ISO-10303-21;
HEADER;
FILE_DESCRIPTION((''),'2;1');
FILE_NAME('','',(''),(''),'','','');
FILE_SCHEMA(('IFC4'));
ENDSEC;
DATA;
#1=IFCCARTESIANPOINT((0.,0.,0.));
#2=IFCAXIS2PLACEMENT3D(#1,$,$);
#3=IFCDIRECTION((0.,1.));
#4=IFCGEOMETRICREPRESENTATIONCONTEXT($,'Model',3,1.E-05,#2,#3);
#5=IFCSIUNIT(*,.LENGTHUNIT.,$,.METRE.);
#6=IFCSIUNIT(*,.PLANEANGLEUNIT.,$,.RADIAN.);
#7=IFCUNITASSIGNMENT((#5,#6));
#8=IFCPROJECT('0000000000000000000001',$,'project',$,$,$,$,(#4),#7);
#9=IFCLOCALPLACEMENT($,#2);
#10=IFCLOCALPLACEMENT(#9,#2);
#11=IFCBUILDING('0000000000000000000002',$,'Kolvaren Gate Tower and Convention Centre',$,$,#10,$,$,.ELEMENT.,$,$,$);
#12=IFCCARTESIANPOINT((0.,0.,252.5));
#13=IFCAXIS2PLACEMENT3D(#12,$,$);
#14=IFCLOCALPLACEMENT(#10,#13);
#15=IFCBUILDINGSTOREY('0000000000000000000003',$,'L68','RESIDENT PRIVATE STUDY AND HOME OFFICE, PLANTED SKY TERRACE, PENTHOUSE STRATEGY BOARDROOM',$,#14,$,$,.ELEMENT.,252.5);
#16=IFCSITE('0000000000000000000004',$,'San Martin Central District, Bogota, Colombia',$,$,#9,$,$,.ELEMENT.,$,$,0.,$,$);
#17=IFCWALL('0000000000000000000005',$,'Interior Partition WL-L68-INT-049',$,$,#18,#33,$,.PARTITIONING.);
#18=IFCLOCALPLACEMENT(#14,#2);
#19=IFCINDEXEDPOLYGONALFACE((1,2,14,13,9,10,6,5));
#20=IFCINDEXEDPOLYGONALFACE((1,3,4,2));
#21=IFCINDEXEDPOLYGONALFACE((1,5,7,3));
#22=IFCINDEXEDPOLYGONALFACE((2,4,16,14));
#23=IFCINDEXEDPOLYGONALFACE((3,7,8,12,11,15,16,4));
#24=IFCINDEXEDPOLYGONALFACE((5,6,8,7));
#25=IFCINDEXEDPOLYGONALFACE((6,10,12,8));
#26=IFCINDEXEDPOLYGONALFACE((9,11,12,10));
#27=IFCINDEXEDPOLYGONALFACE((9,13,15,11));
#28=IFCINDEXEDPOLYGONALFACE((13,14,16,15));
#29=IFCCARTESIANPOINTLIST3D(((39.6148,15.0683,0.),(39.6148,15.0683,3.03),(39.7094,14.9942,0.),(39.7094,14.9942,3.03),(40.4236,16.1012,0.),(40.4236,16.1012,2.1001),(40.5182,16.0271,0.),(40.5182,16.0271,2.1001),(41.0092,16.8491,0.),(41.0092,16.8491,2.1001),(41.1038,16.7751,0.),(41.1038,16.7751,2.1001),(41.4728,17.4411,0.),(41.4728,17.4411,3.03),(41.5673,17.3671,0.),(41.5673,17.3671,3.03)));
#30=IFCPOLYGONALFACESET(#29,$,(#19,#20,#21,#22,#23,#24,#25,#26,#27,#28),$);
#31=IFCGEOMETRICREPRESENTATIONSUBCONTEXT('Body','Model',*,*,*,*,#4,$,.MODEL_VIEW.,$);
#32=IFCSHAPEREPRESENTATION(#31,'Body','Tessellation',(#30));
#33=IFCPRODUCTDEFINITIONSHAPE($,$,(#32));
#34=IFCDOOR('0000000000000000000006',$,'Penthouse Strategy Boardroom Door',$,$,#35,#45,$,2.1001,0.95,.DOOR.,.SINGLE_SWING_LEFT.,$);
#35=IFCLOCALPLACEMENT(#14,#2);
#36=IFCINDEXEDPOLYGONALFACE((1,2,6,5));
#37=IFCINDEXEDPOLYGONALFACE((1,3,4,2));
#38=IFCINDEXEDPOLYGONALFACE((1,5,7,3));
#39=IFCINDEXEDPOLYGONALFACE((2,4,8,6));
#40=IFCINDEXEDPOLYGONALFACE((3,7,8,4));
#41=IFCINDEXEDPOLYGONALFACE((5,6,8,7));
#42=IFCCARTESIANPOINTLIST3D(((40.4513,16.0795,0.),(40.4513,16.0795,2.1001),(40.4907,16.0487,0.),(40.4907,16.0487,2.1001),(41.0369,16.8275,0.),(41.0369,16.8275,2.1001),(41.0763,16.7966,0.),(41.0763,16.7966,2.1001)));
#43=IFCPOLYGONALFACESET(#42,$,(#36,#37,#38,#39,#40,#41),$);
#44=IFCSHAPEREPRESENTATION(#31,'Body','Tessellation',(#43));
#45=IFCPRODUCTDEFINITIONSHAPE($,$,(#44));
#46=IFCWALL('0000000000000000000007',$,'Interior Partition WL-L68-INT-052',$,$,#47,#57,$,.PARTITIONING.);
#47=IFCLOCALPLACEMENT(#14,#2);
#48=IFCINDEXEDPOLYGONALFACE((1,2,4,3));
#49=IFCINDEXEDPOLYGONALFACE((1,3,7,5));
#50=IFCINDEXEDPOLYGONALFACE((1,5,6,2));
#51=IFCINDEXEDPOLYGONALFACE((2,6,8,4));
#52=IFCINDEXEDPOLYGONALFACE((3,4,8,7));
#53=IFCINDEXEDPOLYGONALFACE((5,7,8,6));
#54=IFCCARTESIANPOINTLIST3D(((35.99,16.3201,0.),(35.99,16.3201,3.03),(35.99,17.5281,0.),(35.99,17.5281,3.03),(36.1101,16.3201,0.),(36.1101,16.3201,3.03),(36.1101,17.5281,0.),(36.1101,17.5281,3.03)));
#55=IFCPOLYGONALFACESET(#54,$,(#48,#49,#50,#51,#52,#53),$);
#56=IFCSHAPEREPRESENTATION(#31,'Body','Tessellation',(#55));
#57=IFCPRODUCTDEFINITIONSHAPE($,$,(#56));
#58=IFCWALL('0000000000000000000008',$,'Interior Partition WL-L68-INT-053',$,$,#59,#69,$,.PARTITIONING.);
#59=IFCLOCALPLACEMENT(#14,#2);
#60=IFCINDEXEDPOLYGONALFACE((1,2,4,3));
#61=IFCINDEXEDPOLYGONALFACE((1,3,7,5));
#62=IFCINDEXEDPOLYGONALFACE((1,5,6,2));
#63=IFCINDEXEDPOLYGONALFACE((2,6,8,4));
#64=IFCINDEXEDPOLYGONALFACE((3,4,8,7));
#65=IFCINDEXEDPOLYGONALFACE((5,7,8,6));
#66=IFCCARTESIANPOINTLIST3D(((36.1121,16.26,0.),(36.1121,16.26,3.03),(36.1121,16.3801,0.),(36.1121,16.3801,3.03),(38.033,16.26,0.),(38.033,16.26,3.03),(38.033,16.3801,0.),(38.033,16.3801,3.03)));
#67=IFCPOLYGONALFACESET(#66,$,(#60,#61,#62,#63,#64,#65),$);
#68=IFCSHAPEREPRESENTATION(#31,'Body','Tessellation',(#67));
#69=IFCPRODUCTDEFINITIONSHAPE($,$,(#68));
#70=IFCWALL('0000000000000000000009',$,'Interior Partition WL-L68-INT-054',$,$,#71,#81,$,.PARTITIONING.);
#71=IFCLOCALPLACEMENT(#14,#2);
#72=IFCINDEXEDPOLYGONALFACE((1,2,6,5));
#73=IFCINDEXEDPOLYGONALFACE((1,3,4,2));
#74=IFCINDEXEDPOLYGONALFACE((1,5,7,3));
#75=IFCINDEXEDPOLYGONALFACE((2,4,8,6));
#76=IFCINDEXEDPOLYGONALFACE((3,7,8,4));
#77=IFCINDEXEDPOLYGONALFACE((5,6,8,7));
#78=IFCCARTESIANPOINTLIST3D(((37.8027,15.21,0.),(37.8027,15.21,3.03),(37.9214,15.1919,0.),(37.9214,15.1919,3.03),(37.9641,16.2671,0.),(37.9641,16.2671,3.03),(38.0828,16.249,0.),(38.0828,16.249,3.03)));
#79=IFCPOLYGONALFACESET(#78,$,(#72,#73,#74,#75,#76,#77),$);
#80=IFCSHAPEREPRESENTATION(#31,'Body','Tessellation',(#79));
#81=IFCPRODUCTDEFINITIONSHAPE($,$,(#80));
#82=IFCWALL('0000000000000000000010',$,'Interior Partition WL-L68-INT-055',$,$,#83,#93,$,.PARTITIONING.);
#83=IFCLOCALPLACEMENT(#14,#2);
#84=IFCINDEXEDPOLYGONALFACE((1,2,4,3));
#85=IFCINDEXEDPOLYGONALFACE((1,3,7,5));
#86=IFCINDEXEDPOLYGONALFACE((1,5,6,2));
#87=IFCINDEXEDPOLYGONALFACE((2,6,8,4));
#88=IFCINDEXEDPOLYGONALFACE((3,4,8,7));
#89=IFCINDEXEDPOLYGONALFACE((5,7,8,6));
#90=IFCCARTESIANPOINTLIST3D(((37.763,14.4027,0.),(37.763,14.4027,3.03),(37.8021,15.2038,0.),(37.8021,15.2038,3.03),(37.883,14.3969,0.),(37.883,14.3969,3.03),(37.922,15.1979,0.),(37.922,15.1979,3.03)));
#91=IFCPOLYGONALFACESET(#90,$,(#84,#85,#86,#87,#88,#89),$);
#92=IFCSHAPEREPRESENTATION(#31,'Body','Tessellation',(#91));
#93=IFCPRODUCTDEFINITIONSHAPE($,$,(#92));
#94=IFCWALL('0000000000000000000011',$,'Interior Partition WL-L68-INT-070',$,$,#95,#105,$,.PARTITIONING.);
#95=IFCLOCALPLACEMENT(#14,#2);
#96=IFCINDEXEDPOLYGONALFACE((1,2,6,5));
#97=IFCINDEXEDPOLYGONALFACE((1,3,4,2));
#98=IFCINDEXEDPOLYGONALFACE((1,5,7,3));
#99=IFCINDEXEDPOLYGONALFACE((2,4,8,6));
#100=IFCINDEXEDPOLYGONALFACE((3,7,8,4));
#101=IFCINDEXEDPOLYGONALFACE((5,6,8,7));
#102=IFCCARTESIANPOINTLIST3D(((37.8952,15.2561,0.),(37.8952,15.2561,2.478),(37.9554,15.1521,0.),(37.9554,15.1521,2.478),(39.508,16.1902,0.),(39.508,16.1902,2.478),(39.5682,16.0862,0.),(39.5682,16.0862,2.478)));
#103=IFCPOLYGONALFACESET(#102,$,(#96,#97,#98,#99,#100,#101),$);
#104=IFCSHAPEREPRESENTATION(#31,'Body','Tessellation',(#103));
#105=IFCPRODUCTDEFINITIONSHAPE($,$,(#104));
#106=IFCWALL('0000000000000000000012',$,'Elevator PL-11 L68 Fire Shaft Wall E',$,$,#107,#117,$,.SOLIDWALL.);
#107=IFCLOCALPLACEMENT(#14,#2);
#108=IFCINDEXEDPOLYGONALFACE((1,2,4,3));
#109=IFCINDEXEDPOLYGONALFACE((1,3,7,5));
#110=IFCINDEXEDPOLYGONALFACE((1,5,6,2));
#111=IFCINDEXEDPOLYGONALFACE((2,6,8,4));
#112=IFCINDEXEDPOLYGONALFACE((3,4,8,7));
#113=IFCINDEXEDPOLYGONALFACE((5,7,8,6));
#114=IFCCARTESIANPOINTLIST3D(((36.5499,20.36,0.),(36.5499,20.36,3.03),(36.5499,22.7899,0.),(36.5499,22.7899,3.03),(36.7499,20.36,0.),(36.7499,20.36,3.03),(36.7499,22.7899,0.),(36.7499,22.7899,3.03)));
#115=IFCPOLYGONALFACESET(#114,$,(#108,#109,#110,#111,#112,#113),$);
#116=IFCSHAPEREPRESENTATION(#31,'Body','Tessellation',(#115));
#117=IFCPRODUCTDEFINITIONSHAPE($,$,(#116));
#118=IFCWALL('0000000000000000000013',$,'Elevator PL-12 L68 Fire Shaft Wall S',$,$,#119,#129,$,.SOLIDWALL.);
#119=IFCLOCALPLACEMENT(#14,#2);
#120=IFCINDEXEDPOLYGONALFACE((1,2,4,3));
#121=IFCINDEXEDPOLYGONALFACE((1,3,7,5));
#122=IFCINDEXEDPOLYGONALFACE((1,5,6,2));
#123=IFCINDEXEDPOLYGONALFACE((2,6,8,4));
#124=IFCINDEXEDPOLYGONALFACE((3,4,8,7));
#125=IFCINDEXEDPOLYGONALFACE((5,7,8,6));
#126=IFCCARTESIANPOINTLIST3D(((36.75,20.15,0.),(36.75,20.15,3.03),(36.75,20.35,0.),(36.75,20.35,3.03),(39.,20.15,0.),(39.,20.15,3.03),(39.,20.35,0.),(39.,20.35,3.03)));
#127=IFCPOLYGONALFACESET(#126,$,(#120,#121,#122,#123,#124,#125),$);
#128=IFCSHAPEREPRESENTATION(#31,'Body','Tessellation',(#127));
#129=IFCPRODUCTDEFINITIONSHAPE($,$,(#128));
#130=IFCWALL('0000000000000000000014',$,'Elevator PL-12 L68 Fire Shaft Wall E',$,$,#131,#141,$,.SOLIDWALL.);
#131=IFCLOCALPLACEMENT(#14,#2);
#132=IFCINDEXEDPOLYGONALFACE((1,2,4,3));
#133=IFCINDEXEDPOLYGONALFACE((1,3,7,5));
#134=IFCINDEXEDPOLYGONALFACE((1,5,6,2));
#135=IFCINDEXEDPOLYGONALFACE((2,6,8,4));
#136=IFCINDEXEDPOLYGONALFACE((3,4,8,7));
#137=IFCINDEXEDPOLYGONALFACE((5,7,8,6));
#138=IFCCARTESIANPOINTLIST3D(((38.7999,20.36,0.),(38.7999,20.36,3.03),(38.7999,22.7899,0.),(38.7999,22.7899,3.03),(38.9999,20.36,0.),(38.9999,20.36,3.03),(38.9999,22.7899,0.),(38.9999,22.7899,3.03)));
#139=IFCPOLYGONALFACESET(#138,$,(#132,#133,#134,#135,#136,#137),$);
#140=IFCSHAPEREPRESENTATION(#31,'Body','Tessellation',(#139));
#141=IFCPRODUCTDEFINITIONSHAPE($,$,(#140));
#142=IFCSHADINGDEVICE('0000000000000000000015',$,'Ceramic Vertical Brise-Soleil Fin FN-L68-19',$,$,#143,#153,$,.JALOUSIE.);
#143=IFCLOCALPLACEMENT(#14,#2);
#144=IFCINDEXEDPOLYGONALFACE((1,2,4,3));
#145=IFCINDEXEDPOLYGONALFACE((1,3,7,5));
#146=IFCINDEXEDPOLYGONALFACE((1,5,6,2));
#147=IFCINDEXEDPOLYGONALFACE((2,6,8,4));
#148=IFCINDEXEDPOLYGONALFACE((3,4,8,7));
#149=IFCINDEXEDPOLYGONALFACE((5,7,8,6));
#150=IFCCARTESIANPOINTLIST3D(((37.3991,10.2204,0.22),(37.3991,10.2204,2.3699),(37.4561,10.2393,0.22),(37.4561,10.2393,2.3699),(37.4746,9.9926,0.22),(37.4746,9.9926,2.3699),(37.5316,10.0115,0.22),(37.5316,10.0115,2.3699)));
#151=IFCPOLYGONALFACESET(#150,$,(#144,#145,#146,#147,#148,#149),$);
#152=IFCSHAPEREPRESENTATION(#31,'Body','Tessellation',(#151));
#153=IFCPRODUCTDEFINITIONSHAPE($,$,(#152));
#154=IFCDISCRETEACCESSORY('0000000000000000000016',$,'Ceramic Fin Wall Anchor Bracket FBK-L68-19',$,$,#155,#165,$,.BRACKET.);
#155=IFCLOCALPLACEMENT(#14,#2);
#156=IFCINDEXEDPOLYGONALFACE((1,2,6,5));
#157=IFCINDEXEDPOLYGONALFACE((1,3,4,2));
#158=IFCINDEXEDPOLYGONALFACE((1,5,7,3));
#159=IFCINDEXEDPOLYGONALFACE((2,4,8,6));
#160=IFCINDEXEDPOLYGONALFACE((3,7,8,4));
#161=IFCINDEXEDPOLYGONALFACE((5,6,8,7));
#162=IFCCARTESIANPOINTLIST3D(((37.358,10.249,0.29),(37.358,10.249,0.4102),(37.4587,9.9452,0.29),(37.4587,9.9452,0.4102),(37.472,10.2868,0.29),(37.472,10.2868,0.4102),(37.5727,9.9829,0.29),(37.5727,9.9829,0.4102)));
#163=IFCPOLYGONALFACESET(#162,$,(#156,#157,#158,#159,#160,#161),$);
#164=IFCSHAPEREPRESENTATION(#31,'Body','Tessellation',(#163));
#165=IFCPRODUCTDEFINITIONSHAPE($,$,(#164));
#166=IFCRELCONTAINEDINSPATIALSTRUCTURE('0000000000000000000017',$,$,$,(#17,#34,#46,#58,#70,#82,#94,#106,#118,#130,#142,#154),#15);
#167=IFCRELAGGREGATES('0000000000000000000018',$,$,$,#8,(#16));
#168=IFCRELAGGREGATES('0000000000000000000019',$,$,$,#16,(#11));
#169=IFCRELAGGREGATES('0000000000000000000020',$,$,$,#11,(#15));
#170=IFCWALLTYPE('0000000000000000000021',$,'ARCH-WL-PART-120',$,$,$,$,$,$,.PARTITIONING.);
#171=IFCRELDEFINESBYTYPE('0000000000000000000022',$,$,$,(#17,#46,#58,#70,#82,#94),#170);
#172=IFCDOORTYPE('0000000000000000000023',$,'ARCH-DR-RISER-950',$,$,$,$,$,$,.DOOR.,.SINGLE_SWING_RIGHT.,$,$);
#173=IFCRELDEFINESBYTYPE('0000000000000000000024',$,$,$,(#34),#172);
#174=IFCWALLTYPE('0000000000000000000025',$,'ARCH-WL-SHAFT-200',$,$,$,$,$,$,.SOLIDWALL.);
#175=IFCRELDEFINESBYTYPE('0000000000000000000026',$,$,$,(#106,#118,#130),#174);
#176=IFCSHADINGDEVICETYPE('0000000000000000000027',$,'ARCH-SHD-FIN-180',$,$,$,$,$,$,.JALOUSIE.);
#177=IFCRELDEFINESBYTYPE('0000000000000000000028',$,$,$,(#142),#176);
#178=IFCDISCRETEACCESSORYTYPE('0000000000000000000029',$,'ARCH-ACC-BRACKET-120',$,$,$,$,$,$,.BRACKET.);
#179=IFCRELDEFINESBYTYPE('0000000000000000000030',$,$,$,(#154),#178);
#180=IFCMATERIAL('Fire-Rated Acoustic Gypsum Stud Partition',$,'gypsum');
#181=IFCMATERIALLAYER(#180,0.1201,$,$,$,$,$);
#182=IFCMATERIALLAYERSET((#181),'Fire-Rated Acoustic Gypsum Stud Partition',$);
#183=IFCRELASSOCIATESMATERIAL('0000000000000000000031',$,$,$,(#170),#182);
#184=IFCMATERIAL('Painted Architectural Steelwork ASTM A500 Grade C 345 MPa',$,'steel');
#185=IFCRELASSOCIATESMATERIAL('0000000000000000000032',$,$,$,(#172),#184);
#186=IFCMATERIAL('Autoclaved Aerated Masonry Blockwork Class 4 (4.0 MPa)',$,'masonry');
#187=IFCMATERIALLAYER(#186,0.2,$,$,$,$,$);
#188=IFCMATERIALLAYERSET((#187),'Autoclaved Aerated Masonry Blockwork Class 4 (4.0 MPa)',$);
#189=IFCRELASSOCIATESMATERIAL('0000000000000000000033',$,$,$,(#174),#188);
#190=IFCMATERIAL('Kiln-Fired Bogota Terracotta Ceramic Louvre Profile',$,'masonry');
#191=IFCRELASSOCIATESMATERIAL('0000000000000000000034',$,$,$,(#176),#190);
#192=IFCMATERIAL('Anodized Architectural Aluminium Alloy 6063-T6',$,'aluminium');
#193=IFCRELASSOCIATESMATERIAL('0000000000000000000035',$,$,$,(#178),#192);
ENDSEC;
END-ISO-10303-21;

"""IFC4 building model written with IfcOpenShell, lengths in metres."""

from ifc_helpers import new_model, si_unit, direction, frame, frame_2d, origin, origin_2d, place, context, subcontext, project, spatial, rectangle, extrude, material, layer, layer_set, type_object, element, fill, save


model = new_model("IFC4")

# Units and contexts
model_context = context("Model", 3, precision=1e-05, world=origin(), true_north=direction((0.0, 1.0)))
body_context = subcontext(model_context, "Body", "Model", "MODEL_VIEW")
ifc_project = project(units=[si_unit("LENGTHUNIT", "METRE"), si_unit("PLANEANGLEUNIT", "RADIAN")], contexts=[model_context])

# Site, building, storey
site_placement = place(None, origin())
site = spatial("IfcSite", under=ifc_project, at=site_placement, Name="San Martin Central District, Bogota, Colombia", CompositionType="ELEMENT", RefElevation=0.0)
building_placement = place(site_placement, origin())
building = spatial("IfcBuilding", under=site, at=building_placement, Name="Kolvaren Gate Tower and Convention Centre", CompositionType="ELEMENT")
storey_placement = place(building_placement, frame((0.0, 0.0, 252.5)))
storey = spatial("IfcBuildingStorey", under=building, at=storey_placement, Name="L68", Description="RESIDENT PRIVATE STUDY AND HOME OFFICE, PLANTED SKY TERRACE, PENTHOUSE STRATEGY BOARDROOM", CompositionType="ELEMENT", Elevation=252.5)

# Shared definitions
ifc_material_1 = material(Name="Autoclaved Aerated Masonry Blockwork Class 4 (4.0 MPa)", Category="masonry")
ifc_material_2 = material(Name="Fire-Rated Acoustic Gypsum Stud Partition", Category="gypsum")
ifc_layer_1 = layer(ifc_material_2, 0.1201)
ifc_layer_set_1 = layer_set([ifc_layer_1], Name="Fire-Rated Acoustic Gypsum Stud Partition")
wall_type_1 = type_object("IfcWallType", Name="ARCH-WL-PART-120", PredefinedType="PARTITIONING", material=ifc_layer_set_1)

# Wall, opening, door
wall_1_placement = place(storey_placement, frame((39.6621, 15.0312, 0.0), z_axis=(0.0, 0.0, 1.0), x_axis=(0.6165, 0.787355, 0.0)))
wall_1 = element("IfcWall", 1, at=wall_1_placement, inside=storey, type_object=wall_type_1, Name="Interior Partition WL-L68-INT-049", PredefinedType="PARTITIONING", context=body_context, shape_type="SweptSolid", body=[
    extrude(rectangle(XDim=3.0137, YDim=0.1201, at=frame_2d((1.5068, 0.0))), origin(), (0.0, 0.0, 1.0), 3.03),
])
opening_placement = place(wall_1_placement, frame((1.3118, 0.0, 0.0)))
opening = element("IfcOpeningElement", 2, at=opening_placement, cuts=wall_1, PredefinedType="OPENING", context=body_context, shape_type="SweptSolid", body=[
    extrude(rectangle(XDim=0.95, YDim=2.1001, at=frame_2d((0.4751, 1.05))), frame((0.0, 0.0701, 0.0), z_axis=(0.0, -1.0, 0.0), x_axis=(1.0, 0.0, 0.0)), (0.0, 0.0, 1.0), 0.1401),
])
ifc_material_3 = material(Name="Painted Architectural Steelwork ASTM A500 Grade C 345 MPa", Category="steel")
door_type = type_object("IfcDoorType", Name="ARCH-DR-RISER-950", OperationType="SINGLE_SWING_RIGHT", PredefinedType="DOOR", material=ifc_material_3)
door_placement = place(opening_placement, origin())
door = element("IfcDoor", 3, at=door_placement, inside=storey, type_object=door_type, Name="Penthouse Strategy Boardroom Door", OperationType="SINGLE_SWING_LEFT", OverallHeight=2.1001, OverallWidth=0.95, PredefinedType="DOOR", context=body_context, shape_type="SweptSolid", body=[
    extrude(rectangle(XDim=0.95, YDim=2.1001, at=frame_2d((0.4751, 1.05))), frame((0.0, 0.0249, 0.0), z_axis=(0.0, -1.0, 0.0), x_axis=(1.0, 0.0, 0.0)), (0.0, 0.0, 1.0), 0.05),
])
fill(opening, door)

# Walls
wall_2_placement = place(storey_placement, frame((36.05, 16.3201, 0.0), z_axis=(0.0, 0.0, 1.0), x_axis=(0.0, 1.0, 0.0)))
element("IfcWall", 4, at=wall_2_placement, inside=storey, type_object=wall_type_1, Name="Interior Partition WL-L68-INT-052", PredefinedType="PARTITIONING", context=body_context, shape_type="SweptSolid", body=[
    extrude(rectangle(XDim=1.208, YDim=0.1201, at=frame_2d((0.604, 0.0))), origin(), (0.0, 0.0, 1.0), 3.03),
])
wall_3_placement = place(storey_placement, frame((36.1121, 16.3201, 0.0), z_axis=(0.0, 0.0, 1.0), x_axis=(1.0, 0.0, 0.0)))
element("IfcWall", 5, at=wall_3_placement, inside=storey, type_object=wall_type_1, Name="Interior Partition WL-L68-INT-053", PredefinedType="PARTITIONING", context=body_context, shape_type="SweptSolid", body=[
    extrude(rectangle(XDim=1.9209, YDim=0.1201, at=frame_2d((0.9604, 0.0))), origin(), (0.0, 0.0, 1.0), 3.03),
])
wall_4_placement = place(storey_placement, frame((37.8621, 15.2009, 0.0), z_axis=(0.0, 0.0, 1.0), x_axis=(0.150908, 0.988548, 0.0)))
element("IfcWall", 6, at=wall_4_placement, inside=storey, type_object=wall_type_1, Name="Interior Partition WL-L68-INT-054", PredefinedType="PARTITIONING", context=body_context, shape_type="SweptSolid", body=[
    extrude(rectangle(XDim=1.0693, YDim=0.1201, at=frame_2d((0.5347, 0.0))), origin(), (0.0, 0.0, 1.0), 3.03),
])
wall_5_placement = place(storey_placement, frame((37.823, 14.3999, 0.0), z_axis=(0.0, 0.0, 1.0), x_axis=(0.048708, 0.998813, 0.0)))
element("IfcWall", 7, at=wall_5_placement, inside=storey, type_object=wall_type_1, Name="Interior Partition WL-L68-INT-055", PredefinedType="PARTITIONING", context=body_context, shape_type="SweptSolid", body=[
    extrude(rectangle(XDim=0.802, YDim=0.1201, at=frame_2d((0.4009, 0.0))), origin(), (0.0, 0.0, 1.0), 3.03),
])
wall_6_placement = place(storey_placement, frame((37.9253, 15.2041, 0.0), z_axis=(0.0, 0.0, 1.0), x_axis=(0.865343, 0.501181, 0.0)))
element("IfcWall", 8, at=wall_6_placement, inside=storey, type_object=wall_type_1, Name="Interior Partition WL-L68-INT-070", PredefinedType="PARTITIONING", context=body_context, shape_type="SweptSolid", body=[
    extrude(rectangle(XDim=1.8638, YDim=0.1201, at=frame_2d((0.9319, 0.0))), origin(), (0.0, 0.0, 1.0), 2.478),
])
ifc_layer_2 = layer(ifc_material_1, 0.2)
ifc_layer_set_2 = layer_set([ifc_layer_2], Name="Autoclaved Aerated Masonry Blockwork Class 4 (4.0 MPa)")
wall_type_2 = type_object("IfcWallType", Name="ARCH-WL-SHAFT-200", PredefinedType="SOLIDWALL", material=ifc_layer_set_2)
wall_7_placement = place(storey_placement, frame((36.6499, 20.3601, 0.0), z_axis=(0.0, 0.0, 1.0), x_axis=(0.0, 1.0, 0.0)))
element("IfcWall", 9, at=wall_7_placement, inside=storey, type_object=wall_type_2, Name="Elevator PL-11 L68 Fire Shaft Wall E", PredefinedType="SOLIDWALL", context=body_context, shape_type="SweptSolid", body=[
    extrude(rectangle(XDim=2.4299, YDim=0.2, at=frame_2d((1.2148, 0.0))), origin(), (0.0, 0.0, 1.0), 3.03),
])
wall_8_placement = place(storey_placement, frame((36.75, 20.25, 0.0), z_axis=(0.0, 0.0, 1.0), x_axis=(1.0, 0.0, 0.0)))
element("IfcWall", 10, at=wall_8_placement, inside=storey, type_object=wall_type_2, Name="Elevator PL-12 L68 Fire Shaft Wall S", PredefinedType="SOLIDWALL", context=body_context, shape_type="SweptSolid", body=[
    extrude(rectangle(XDim=2.25, YDim=0.2, at=frame_2d((1.125, 0.0))), origin(), (0.0, 0.0, 1.0), 3.03),
])
wall_9_placement = place(storey_placement, frame((38.8999, 20.3601, 0.0), z_axis=(0.0, 0.0, 1.0), x_axis=(0.0, 1.0, 0.0)))
element("IfcWall", 11, at=wall_9_placement, inside=storey, type_object=wall_type_2, Name="Elevator PL-12 L68 Fire Shaft Wall E", PredefinedType="SOLIDWALL", context=body_context, shape_type="SweptSolid", body=[
    extrude(rectangle(XDim=2.4299, YDim=0.2, at=frame_2d((1.2148, 0.0))), origin(), (0.0, 0.0, 1.0), 3.03),
])

# Shading device
ifc_material_4 = material(Name="Kiln-Fired Bogota Terracotta Ceramic Louvre Profile", Category="masonry")
shading_device_type = type_object("IfcShadingDeviceType", Name="ARCH-SHD-FIN-180", PredefinedType="JALOUSIE", material=ifc_material_4)
shading_device_placement = place(storey_placement, frame((37.4653, 10.116, 0.22), z_axis=(0.0, 0.0, 1.0), x_axis=(0.949242, 0.314548, 0.0)))
element("IfcShadingDevice", 12, at=shading_device_placement, inside=storey, type_object=shading_device_type, Name="Ceramic Vertical Brise-Soleil Fin FN-L68-19", PredefinedType="JALOUSIE", context=body_context, shape_type="SweptSolid", body=[
    extrude(rectangle(XDim=0.0601, YDim=0.24, at=origin_2d()), origin(), (0.0, 0.0, 1.0), 2.1499),
])

# Discrete accessory
ifc_material_5 = material(Name="Anodized Architectural Aluminium Alloy 6063-T6", Category="aluminium")
discrete_accessory_type = type_object("IfcDiscreteAccessoryType", Name="ARCH-ACC-BRACKET-120", PredefinedType="BRACKET", material=ifc_material_5)
discrete_accessory_placement = place(storey_placement, frame((37.4653, 10.116, 0.29), z_axis=(0.0, 0.0, 1.0), x_axis=(0.949242, 0.314548, 0.0)))
element("IfcDiscreteAccessory", 13, at=discrete_accessory_placement, inside=storey, type_object=discrete_accessory_type, Name="Ceramic Fin Wall Anchor Bracket FBK-L68-19", PredefinedType="BRACKET", context=body_context, shape_type="SweptSolid", body=[
    extrude(rectangle(XDim=0.1201, YDim=0.3201, at=origin_2d()), origin(), (0.0, 0.0, 1.0), 0.1201),
])

save(model, "model.ifc")
